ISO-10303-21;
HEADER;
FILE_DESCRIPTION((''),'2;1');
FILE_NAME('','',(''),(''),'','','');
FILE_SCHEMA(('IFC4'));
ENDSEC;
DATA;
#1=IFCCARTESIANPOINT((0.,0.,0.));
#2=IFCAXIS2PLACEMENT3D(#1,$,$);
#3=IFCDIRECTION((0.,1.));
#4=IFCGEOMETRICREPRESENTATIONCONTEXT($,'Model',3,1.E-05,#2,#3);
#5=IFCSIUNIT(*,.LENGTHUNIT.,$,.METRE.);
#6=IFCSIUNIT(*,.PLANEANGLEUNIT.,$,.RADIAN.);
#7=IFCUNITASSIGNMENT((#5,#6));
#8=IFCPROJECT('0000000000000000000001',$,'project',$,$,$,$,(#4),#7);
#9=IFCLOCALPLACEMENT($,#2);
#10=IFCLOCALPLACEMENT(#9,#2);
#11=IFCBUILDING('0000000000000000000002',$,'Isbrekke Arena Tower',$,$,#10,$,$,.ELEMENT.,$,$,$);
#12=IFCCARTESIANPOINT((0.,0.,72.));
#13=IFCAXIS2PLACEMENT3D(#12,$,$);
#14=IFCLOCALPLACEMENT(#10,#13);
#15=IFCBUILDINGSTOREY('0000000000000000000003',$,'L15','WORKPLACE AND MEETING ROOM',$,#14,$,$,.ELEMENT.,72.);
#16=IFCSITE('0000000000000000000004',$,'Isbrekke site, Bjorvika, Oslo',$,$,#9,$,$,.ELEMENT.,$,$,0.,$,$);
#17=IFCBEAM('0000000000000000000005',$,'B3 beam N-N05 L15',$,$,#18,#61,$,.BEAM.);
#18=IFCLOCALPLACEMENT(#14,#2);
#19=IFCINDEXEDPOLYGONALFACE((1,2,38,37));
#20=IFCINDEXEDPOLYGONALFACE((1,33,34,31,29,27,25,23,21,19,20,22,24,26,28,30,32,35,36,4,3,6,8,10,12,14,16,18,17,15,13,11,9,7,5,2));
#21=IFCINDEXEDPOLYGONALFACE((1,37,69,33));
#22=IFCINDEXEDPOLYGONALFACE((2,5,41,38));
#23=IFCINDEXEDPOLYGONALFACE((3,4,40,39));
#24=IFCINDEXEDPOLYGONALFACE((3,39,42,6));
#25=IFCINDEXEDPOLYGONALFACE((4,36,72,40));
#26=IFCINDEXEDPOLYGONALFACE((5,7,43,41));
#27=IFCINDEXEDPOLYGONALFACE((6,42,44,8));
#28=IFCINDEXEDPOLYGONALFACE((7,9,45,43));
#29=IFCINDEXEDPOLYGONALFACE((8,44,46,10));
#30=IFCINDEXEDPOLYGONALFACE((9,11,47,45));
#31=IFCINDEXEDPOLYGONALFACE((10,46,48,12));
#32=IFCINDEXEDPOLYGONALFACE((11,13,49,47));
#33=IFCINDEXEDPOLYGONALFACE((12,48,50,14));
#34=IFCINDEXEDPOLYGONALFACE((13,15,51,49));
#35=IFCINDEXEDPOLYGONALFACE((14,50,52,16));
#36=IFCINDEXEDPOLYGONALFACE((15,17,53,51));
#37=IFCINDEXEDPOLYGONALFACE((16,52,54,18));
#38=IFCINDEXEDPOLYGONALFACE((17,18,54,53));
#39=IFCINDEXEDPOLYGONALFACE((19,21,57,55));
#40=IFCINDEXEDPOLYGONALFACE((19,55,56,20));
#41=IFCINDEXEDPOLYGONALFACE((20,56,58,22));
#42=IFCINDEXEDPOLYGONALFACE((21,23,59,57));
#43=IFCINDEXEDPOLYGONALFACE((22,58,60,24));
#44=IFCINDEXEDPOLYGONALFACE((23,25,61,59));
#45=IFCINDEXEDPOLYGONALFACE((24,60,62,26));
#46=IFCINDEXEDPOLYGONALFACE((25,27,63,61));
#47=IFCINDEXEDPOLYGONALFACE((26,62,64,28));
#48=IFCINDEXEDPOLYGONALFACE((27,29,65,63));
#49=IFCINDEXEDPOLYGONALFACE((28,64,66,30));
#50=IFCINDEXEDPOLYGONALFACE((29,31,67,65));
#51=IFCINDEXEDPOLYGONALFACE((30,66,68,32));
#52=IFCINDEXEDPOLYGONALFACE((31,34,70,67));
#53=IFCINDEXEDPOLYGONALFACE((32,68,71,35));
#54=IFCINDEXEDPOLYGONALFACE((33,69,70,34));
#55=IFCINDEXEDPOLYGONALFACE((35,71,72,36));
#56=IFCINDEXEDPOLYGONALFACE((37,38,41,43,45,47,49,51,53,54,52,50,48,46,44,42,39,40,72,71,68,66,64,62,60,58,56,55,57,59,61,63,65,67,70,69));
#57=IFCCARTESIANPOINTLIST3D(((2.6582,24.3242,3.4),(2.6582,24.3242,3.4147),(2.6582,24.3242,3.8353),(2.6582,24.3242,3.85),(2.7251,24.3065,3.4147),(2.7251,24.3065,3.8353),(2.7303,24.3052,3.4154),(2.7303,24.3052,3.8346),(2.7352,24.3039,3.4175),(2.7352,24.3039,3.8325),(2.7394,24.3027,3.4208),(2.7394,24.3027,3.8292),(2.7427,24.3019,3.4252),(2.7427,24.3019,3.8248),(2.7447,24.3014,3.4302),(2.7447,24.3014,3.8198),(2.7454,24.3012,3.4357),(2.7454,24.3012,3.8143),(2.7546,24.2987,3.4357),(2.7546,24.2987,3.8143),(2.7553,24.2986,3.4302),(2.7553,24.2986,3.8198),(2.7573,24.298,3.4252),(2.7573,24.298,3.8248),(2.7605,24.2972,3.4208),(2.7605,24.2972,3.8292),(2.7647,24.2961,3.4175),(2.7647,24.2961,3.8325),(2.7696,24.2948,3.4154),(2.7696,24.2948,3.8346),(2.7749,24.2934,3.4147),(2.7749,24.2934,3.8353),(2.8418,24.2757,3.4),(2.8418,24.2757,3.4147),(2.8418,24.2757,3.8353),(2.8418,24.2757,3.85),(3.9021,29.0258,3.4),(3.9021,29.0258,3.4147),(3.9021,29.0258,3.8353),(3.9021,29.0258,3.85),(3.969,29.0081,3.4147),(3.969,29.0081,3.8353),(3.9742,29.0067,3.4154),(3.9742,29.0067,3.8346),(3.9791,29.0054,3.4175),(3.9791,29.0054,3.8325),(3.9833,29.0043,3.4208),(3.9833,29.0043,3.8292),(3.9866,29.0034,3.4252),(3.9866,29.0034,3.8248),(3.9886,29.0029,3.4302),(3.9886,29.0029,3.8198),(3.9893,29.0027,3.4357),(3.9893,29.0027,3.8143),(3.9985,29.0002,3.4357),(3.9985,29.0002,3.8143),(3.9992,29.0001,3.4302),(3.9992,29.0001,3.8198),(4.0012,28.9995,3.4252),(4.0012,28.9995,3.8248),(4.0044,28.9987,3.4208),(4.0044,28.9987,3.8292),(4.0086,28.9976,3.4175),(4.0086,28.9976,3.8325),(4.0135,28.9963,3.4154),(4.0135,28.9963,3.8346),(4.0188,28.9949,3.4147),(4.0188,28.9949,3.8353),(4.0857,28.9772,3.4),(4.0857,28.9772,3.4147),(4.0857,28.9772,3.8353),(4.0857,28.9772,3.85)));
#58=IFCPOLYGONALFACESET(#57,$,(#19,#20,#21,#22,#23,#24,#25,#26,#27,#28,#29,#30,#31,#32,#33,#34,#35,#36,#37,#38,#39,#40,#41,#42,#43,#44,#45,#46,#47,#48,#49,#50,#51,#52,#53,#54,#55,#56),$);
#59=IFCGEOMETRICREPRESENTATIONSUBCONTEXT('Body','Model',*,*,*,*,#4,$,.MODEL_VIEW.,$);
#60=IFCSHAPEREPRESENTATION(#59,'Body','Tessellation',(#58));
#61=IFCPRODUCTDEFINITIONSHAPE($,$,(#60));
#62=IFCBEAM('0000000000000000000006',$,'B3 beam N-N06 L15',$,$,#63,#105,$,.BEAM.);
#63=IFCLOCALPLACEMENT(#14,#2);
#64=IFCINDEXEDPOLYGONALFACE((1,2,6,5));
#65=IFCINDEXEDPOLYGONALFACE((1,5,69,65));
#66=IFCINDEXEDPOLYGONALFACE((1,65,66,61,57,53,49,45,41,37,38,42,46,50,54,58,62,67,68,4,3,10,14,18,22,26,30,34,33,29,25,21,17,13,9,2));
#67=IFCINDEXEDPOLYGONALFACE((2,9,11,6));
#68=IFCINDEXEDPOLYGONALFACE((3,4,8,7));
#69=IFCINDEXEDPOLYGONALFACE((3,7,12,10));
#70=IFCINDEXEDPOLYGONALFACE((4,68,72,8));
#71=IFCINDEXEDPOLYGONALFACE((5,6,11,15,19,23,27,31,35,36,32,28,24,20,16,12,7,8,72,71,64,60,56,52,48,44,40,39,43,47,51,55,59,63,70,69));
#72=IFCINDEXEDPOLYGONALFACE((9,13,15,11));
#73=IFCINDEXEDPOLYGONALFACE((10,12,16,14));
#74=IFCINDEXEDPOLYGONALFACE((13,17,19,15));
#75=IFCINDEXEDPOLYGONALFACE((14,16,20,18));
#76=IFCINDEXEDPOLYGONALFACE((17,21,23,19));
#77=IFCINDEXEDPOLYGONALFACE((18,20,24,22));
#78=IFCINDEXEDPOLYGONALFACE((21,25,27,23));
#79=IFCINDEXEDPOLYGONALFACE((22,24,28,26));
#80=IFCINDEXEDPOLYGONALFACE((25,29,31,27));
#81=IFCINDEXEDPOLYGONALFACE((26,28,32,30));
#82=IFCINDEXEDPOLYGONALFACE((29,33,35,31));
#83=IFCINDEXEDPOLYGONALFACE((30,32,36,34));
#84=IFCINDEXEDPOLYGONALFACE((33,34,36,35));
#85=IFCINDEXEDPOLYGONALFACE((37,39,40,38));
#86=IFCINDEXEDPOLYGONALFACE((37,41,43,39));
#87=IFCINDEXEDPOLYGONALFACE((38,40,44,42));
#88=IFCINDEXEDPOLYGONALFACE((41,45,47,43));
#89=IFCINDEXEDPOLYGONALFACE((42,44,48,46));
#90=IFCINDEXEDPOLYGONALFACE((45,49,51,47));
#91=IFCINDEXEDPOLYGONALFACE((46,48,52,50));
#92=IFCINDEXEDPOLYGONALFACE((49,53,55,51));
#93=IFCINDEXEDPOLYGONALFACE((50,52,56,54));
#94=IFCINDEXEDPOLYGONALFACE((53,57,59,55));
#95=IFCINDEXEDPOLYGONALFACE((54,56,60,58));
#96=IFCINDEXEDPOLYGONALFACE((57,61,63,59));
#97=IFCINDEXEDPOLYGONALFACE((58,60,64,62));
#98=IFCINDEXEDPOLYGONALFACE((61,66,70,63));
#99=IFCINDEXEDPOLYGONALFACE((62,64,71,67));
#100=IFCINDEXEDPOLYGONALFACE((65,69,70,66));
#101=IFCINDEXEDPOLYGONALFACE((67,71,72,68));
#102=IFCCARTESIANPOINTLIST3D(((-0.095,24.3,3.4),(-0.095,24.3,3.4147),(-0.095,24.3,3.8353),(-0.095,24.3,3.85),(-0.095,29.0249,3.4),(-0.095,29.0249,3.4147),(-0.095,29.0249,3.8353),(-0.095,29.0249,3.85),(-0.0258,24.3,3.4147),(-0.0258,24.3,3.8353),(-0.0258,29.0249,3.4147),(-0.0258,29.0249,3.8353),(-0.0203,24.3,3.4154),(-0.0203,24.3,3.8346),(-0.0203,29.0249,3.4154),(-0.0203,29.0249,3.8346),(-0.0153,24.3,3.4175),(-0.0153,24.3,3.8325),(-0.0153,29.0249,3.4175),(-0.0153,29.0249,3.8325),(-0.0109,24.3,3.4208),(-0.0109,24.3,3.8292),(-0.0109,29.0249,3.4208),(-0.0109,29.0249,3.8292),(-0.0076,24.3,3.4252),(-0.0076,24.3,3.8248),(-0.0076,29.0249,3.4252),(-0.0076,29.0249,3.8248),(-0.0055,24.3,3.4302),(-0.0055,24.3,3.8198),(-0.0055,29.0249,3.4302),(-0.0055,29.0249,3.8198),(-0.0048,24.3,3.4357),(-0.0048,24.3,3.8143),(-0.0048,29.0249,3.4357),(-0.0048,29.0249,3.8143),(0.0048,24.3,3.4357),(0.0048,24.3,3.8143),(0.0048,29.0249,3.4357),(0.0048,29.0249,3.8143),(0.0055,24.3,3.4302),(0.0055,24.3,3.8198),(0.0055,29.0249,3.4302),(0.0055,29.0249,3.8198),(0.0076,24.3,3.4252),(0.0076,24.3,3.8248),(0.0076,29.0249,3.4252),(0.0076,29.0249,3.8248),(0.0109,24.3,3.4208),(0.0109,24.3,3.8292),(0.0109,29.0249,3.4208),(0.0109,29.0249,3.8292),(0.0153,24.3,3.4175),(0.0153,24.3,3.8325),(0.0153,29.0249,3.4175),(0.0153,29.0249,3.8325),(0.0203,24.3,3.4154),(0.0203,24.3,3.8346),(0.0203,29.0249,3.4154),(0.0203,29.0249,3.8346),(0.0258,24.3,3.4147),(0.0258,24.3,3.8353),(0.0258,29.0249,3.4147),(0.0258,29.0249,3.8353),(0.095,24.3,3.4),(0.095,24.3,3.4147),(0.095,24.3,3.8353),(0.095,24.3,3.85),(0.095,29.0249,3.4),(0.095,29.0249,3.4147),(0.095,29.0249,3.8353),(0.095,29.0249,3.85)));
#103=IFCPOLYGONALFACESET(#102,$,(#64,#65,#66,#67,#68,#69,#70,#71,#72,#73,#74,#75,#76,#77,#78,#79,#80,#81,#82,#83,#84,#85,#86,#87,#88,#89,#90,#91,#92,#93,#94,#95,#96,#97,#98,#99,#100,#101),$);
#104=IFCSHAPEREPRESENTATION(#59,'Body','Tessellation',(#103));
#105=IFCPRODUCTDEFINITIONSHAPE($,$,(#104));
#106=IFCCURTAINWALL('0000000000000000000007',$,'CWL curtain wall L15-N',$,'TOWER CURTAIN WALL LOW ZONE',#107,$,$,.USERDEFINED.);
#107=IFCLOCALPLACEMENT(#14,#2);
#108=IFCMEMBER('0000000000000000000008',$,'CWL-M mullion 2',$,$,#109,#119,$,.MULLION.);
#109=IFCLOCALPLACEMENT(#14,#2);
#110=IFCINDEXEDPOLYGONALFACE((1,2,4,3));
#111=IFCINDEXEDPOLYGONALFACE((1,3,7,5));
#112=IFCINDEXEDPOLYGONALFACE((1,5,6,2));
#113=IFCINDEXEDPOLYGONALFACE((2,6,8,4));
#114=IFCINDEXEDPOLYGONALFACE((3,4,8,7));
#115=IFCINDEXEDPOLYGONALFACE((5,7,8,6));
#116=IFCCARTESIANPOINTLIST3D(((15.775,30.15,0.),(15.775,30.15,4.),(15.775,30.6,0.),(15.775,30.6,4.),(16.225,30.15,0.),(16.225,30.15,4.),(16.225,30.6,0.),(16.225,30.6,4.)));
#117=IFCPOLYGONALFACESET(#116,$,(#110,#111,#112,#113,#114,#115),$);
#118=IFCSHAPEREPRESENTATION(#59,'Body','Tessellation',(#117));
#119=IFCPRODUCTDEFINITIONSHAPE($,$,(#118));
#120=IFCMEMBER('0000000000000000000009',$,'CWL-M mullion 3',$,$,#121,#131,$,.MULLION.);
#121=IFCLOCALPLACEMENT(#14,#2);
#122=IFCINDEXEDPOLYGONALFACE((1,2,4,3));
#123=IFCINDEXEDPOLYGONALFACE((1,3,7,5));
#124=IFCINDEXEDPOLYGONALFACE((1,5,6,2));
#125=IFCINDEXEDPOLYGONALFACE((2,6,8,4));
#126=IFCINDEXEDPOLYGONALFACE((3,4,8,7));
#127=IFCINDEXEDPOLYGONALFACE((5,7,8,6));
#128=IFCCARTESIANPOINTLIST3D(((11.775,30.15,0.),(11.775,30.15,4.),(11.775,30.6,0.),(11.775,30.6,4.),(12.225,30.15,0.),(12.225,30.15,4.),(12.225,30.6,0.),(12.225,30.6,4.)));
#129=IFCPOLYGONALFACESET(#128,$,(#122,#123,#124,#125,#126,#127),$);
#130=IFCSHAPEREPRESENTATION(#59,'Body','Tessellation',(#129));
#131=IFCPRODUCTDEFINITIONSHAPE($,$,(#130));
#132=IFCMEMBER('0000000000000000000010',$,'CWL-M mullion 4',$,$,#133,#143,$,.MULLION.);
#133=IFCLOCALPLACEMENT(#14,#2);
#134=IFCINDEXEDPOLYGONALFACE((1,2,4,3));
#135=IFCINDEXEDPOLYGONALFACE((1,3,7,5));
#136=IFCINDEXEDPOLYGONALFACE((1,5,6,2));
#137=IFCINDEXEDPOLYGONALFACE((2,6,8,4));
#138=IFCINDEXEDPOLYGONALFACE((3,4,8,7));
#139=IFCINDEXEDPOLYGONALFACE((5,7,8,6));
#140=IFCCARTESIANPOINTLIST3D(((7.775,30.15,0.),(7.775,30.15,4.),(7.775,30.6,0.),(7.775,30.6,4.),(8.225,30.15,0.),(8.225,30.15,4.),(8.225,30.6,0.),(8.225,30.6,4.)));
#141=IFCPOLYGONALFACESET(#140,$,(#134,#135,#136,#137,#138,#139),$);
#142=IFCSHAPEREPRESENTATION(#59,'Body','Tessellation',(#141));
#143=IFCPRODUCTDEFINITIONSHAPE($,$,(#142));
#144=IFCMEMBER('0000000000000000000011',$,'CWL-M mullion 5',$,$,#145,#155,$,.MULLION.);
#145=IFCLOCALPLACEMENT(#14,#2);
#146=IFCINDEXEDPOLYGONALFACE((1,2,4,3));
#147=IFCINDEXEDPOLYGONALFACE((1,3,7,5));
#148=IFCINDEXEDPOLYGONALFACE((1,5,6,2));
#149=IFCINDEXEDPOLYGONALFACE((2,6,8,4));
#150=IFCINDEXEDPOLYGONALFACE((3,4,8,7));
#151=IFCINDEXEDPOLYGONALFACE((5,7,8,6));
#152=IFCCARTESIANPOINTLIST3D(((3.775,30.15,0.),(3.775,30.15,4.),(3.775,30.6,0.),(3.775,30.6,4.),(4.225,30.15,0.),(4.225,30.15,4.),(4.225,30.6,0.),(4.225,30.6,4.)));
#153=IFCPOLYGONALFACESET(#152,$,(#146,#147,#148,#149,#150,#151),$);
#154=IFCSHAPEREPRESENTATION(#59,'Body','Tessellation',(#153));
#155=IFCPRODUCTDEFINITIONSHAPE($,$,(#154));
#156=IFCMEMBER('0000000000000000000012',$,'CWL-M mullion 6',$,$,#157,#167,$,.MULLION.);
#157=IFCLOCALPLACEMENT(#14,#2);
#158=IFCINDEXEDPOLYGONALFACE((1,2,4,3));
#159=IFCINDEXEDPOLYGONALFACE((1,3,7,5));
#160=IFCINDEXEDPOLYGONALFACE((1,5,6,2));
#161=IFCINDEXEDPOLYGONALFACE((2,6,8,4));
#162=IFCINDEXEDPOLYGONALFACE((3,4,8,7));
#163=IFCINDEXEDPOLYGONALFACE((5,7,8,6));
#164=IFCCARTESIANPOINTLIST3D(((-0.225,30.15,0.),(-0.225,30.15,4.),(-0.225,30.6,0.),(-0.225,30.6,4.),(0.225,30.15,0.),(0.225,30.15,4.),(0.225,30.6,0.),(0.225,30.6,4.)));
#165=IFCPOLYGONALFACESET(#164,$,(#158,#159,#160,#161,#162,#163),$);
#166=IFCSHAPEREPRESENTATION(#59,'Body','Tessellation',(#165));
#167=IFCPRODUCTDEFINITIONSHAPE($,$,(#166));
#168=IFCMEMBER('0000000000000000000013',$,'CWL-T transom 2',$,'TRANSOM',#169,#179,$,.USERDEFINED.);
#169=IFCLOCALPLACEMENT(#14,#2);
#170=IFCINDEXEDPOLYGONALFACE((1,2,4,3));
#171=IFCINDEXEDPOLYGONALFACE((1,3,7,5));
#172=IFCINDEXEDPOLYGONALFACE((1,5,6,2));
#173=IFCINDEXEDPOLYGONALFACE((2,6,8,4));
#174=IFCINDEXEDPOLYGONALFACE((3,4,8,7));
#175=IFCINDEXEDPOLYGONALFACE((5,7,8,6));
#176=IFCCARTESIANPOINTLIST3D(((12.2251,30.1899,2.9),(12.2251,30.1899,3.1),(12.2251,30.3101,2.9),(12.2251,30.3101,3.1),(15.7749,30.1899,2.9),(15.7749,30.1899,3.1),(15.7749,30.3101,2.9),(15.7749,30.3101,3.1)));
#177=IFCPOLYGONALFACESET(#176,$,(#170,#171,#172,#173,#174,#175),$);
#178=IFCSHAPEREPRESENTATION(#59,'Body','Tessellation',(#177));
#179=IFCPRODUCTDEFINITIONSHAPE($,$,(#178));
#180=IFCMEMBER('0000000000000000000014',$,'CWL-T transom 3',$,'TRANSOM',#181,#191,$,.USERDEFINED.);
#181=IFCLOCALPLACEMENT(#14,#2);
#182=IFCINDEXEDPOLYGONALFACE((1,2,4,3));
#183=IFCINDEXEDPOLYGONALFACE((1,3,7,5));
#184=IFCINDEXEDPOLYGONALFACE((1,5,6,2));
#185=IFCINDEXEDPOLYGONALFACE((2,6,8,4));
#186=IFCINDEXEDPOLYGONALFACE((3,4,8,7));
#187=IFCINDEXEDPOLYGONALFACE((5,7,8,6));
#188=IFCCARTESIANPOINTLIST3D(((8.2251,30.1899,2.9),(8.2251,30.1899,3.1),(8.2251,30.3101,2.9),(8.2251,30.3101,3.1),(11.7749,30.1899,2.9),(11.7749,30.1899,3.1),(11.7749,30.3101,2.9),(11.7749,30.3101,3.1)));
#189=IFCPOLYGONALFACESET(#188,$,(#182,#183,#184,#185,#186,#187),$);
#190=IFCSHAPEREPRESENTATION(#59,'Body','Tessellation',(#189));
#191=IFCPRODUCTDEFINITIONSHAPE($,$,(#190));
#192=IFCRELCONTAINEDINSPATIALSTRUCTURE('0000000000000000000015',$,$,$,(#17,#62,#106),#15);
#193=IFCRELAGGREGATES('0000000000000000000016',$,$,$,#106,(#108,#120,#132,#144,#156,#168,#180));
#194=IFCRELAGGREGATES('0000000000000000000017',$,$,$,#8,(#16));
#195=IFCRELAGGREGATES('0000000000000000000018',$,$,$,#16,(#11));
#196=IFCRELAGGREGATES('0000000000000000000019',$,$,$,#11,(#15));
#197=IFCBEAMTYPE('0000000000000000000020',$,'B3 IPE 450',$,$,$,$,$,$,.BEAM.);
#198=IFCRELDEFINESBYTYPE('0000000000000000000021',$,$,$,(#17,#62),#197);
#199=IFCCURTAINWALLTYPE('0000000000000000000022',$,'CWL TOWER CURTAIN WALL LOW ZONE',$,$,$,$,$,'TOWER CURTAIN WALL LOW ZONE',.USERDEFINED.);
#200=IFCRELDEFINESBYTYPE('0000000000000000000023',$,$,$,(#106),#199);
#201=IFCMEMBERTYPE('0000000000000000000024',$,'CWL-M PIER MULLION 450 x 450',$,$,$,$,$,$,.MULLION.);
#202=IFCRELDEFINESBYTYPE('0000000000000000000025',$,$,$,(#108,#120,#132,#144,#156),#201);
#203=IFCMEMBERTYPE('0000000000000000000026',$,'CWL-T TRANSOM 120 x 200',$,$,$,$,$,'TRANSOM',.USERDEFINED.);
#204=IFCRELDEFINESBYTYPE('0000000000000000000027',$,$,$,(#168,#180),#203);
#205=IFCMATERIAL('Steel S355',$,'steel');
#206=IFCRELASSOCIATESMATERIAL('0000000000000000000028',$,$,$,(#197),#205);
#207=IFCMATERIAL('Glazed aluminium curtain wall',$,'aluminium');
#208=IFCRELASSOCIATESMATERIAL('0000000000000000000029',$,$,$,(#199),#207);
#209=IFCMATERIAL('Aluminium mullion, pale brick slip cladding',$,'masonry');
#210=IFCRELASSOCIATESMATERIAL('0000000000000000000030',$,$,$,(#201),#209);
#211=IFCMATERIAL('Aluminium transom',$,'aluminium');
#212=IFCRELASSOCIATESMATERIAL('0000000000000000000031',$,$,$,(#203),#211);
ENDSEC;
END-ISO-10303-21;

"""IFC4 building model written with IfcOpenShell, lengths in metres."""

from ifc_helpers import new_model, si_unit, direction, frame, origin, origin_2d, place, context, subcontext, project, spatial, rectangle, i_section, extrude, material, material_profile, profile_set, type_object, element, aggregate, save


model = new_model("IFC4")

# Units and contexts
model_context = context("Model", 3, precision=1e-05, world=origin(), true_north=direction((0.0, 1.0)))
body_context = subcontext(model_context, "Body", "Model", "MODEL_VIEW")
ifc_project = project(units=[si_unit("LENGTHUNIT", "METRE"), si_unit("PLANEANGLEUNIT", "RADIAN")], contexts=[model_context])

# Site, building, storey
site_placement = place(None, origin())
site = spatial("IfcSite", under=ifc_project, at=site_placement, Name="Isbrekke site, Bjorvika, Oslo", CompositionType="ELEMENT", RefElevation=0.0)
building_placement = place(site_placement, origin())
building = spatial("IfcBuilding", under=site, at=building_placement, Name="Isbrekke Arena Tower", CompositionType="ELEMENT")
storey_placement = place(building_placement, frame((0.0, 0.0, 72.0)))
storey = spatial("IfcBuildingStorey", under=building, at=storey_placement, Name="L15", Description="WORKPLACE AND MEETING ROOM", CompositionType="ELEMENT", Elevation=72.0)

# Beams
ifc_material_1 = material(Name="Steel S355", Category="steel")
ifc_material_profile_1 = material_profile(ifc_material_1, i_section(OverallWidth=0.1899, OverallDepth=0.45, WebThickness=0.0095, FlangeThickness=0.0146, FilletRadius=0.021, at=origin_2d()), Name="IPE 450")
ifc_profile_set_1 = profile_set([ifc_material_profile_1], Name="Steel S355")
beam_type_1 = type_object("IfcBeamType", Name="B3 IPE 450", PredefinedType="BEAM", material=ifc_profile_set_1)
beam_1_placement = place(storey_placement, frame((3.9939, 29.0015, 3.625), z_axis=(-0.255778, -0.966736, 0.0), x_axis=(0.966736, -0.255778, 0.0)))
element("IfcBeam", 1, at=beam_1_placement, inside=storey, type_object=beam_type_1, Name="B3 beam N-N05 L15", PredefinedType="BEAM", context=body_context, shape_type="SweptSolid", body=[
    extrude(i_section(OverallWidth=0.1899, OverallDepth=0.45, WebThickness=0.0095, FlangeThickness=0.0146, FilletRadius=0.021, at=origin_2d()), origin(), (0.0, 0.0, 1.0), 4.8633),
])
beam_2_placement = place(storey_placement, frame((0.0, 29.0249, 3.625), z_axis=(0.0, -1.0, 0.0), x_axis=(1.0, 0.0, 0.0)))
element("IfcBeam", 2, at=beam_2_placement, inside=storey, type_object=beam_type_1, Name="B3 beam N-N06 L15", PredefinedType="BEAM", context=body_context, shape_type="SweptSolid", body=[
    extrude(i_section(OverallWidth=0.1899, OverallDepth=0.45, WebThickness=0.0095, FlangeThickness=0.0146, FilletRadius=0.021, at=origin_2d()), origin(), (0.0, 0.0, 1.0), 4.7249),
])

# Curtain wall, members
ifc_material_2 = material(Name="Glazed aluminium curtain wall", Category="aluminium")
curtain_wall_type = type_object("IfcCurtainWallType", Name="CWL TOWER CURTAIN WALL LOW ZONE", ElementType="TOWER CURTAIN WALL LOW ZONE", PredefinedType="USERDEFINED", material=ifc_material_2)
curtain_wall_placement = place(storey_placement, origin())
curtain_wall = element("IfcCurtainWall", 3, at=curtain_wall_placement, inside=storey, type_object=curtain_wall_type, Name="CWL curtain wall L15-N", ObjectType="TOWER CURTAIN WALL LOW ZONE", PredefinedType="USERDEFINED")
ifc_material_3 = material(Name="Aluminium mullion, pale brick slip cladding", Category="masonry")
ifc_material_profile_2 = material_profile(ifc_material_3, rectangle(XDim=0.45, YDim=0.45, at=origin_2d()), Name="PIER 450X450")
ifc_profile_set_2 = profile_set([ifc_material_profile_2], Name="Aluminium mullion, pale brick slip cladding")
member_type_1 = type_object("IfcMemberType", Name="CWL-M PIER MULLION 450 x 450", PredefinedType="MULLION", material=ifc_profile_set_2)
member_1_placement = place(storey_placement, frame((16.0, 30.375, 0.0), z_axis=(0.0, 0.0, 1.0), x_axis=(-1.0, 0.0, 0.0)))
member_1 = element("IfcMember", 4, at=member_1_placement, type_object=member_type_1, Name="CWL-M mullion 2", PredefinedType="MULLION", context=body_context, shape_type="SweptSolid", body=[
    extrude(rectangle(XDim=0.45, YDim=0.45, at=origin_2d()), origin(), (0.0, 0.0, 1.0), 4.0),
])
member_2_placement = place(storey_placement, frame((12.0, 30.375, 0.0), z_axis=(0.0, 0.0, 1.0), x_axis=(-1.0, 0.0, 0.0)))
member_2 = element("IfcMember", 5, at=member_2_placement, type_object=member_type_1, Name="CWL-M mullion 3", PredefinedType="MULLION", context=body_context, shape_type="SweptSolid", body=[
    extrude(rectangle(XDim=0.45, YDim=0.45, at=origin_2d()), origin(), (0.0, 0.0, 1.0), 4.0),
])
member_3_placement = place(storey_placement, frame((8.0, 30.375, 0.0), z_axis=(0.0, 0.0, 1.0), x_axis=(-1.0, 0.0, 0.0)))
member_3 = element("IfcMember", 6, at=member_3_placement, type_object=member_type_1, Name="CWL-M mullion 4", PredefinedType="MULLION", context=body_context, shape_type="SweptSolid", body=[
    extrude(rectangle(XDim=0.45, YDim=0.45, at=origin_2d()), origin(), (0.0, 0.0, 1.0), 4.0),
])
member_4_placement = place(storey_placement, frame((4.0, 30.375, 0.0), z_axis=(0.0, 0.0, 1.0), x_axis=(-1.0, 0.0, 0.0)))
member_4 = element("IfcMember", 7, at=member_4_placement, type_object=member_type_1, Name="CWL-M mullion 5", PredefinedType="MULLION", context=body_context, shape_type="SweptSolid", body=[
    extrude(rectangle(XDim=0.45, YDim=0.45, at=origin_2d()), origin(), (0.0, 0.0, 1.0), 4.0),
])
member_5_placement = place(storey_placement, frame((0.0, 30.375, 0.0), z_axis=(0.0, 0.0, 1.0), x_axis=(-1.0, 0.0, 0.0)))
member_5 = element("IfcMember", 8, at=member_5_placement, type_object=member_type_1, Name="CWL-M mullion 6", PredefinedType="MULLION", context=body_context, shape_type="SweptSolid", body=[
    extrude(rectangle(XDim=0.45, YDim=0.45, at=origin_2d()), origin(), (0.0, 0.0, 1.0), 4.0),
])
ifc_material_4 = material(Name="Aluminium transom", Category="aluminium")
ifc_material_profile_3 = material_profile(ifc_material_4, rectangle(XDim=0.1201, YDim=0.2, at=origin_2d()), Name="TRANSOM 120X200")
ifc_profile_set_3 = profile_set([ifc_material_profile_3], Name="Aluminium transom")
member_type_2 = type_object("IfcMemberType", Name="CWL-T TRANSOM 120 x 200", ElementType="TRANSOM", PredefinedType="USERDEFINED", material=ifc_profile_set_3)
member_6_placement = place(storey_placement, frame((15.7749, 30.25, 3.0), z_axis=(-1.0, 0.0, 0.0), x_axis=(0.0, -1.0, 0.0)))
member_6 = element("IfcMember", 9, at=member_6_placement, type_object=member_type_2, Name="CWL-T transom 2", ObjectType="TRANSOM", PredefinedType="USERDEFINED", context=body_context, shape_type="SweptSolid", body=[
    extrude(rectangle(XDim=0.1201, YDim=0.2, at=origin_2d()), origin(), (0.0, 0.0, 1.0), 3.5498),
])
member_7_placement = place(storey_placement, frame((11.7749, 30.25, 3.0), z_axis=(-1.0, 0.0, 0.0), x_axis=(0.0, -1.0, 0.0)))
member_7 = element("IfcMember", 10, at=member_7_placement, type_object=member_type_2, Name="CWL-T transom 3", ObjectType="TRANSOM", PredefinedType="USERDEFINED", context=body_context, shape_type="SweptSolid", body=[
    extrude(rectangle(XDim=0.1201, YDim=0.2, at=origin_2d()), origin(), (0.0, 0.0, 1.0), 3.5498),
])

aggregate(curtain_wall, [member_1, member_2, member_3, member_4, member_5, member_6, member_7])

save(model, "model.ifc")
